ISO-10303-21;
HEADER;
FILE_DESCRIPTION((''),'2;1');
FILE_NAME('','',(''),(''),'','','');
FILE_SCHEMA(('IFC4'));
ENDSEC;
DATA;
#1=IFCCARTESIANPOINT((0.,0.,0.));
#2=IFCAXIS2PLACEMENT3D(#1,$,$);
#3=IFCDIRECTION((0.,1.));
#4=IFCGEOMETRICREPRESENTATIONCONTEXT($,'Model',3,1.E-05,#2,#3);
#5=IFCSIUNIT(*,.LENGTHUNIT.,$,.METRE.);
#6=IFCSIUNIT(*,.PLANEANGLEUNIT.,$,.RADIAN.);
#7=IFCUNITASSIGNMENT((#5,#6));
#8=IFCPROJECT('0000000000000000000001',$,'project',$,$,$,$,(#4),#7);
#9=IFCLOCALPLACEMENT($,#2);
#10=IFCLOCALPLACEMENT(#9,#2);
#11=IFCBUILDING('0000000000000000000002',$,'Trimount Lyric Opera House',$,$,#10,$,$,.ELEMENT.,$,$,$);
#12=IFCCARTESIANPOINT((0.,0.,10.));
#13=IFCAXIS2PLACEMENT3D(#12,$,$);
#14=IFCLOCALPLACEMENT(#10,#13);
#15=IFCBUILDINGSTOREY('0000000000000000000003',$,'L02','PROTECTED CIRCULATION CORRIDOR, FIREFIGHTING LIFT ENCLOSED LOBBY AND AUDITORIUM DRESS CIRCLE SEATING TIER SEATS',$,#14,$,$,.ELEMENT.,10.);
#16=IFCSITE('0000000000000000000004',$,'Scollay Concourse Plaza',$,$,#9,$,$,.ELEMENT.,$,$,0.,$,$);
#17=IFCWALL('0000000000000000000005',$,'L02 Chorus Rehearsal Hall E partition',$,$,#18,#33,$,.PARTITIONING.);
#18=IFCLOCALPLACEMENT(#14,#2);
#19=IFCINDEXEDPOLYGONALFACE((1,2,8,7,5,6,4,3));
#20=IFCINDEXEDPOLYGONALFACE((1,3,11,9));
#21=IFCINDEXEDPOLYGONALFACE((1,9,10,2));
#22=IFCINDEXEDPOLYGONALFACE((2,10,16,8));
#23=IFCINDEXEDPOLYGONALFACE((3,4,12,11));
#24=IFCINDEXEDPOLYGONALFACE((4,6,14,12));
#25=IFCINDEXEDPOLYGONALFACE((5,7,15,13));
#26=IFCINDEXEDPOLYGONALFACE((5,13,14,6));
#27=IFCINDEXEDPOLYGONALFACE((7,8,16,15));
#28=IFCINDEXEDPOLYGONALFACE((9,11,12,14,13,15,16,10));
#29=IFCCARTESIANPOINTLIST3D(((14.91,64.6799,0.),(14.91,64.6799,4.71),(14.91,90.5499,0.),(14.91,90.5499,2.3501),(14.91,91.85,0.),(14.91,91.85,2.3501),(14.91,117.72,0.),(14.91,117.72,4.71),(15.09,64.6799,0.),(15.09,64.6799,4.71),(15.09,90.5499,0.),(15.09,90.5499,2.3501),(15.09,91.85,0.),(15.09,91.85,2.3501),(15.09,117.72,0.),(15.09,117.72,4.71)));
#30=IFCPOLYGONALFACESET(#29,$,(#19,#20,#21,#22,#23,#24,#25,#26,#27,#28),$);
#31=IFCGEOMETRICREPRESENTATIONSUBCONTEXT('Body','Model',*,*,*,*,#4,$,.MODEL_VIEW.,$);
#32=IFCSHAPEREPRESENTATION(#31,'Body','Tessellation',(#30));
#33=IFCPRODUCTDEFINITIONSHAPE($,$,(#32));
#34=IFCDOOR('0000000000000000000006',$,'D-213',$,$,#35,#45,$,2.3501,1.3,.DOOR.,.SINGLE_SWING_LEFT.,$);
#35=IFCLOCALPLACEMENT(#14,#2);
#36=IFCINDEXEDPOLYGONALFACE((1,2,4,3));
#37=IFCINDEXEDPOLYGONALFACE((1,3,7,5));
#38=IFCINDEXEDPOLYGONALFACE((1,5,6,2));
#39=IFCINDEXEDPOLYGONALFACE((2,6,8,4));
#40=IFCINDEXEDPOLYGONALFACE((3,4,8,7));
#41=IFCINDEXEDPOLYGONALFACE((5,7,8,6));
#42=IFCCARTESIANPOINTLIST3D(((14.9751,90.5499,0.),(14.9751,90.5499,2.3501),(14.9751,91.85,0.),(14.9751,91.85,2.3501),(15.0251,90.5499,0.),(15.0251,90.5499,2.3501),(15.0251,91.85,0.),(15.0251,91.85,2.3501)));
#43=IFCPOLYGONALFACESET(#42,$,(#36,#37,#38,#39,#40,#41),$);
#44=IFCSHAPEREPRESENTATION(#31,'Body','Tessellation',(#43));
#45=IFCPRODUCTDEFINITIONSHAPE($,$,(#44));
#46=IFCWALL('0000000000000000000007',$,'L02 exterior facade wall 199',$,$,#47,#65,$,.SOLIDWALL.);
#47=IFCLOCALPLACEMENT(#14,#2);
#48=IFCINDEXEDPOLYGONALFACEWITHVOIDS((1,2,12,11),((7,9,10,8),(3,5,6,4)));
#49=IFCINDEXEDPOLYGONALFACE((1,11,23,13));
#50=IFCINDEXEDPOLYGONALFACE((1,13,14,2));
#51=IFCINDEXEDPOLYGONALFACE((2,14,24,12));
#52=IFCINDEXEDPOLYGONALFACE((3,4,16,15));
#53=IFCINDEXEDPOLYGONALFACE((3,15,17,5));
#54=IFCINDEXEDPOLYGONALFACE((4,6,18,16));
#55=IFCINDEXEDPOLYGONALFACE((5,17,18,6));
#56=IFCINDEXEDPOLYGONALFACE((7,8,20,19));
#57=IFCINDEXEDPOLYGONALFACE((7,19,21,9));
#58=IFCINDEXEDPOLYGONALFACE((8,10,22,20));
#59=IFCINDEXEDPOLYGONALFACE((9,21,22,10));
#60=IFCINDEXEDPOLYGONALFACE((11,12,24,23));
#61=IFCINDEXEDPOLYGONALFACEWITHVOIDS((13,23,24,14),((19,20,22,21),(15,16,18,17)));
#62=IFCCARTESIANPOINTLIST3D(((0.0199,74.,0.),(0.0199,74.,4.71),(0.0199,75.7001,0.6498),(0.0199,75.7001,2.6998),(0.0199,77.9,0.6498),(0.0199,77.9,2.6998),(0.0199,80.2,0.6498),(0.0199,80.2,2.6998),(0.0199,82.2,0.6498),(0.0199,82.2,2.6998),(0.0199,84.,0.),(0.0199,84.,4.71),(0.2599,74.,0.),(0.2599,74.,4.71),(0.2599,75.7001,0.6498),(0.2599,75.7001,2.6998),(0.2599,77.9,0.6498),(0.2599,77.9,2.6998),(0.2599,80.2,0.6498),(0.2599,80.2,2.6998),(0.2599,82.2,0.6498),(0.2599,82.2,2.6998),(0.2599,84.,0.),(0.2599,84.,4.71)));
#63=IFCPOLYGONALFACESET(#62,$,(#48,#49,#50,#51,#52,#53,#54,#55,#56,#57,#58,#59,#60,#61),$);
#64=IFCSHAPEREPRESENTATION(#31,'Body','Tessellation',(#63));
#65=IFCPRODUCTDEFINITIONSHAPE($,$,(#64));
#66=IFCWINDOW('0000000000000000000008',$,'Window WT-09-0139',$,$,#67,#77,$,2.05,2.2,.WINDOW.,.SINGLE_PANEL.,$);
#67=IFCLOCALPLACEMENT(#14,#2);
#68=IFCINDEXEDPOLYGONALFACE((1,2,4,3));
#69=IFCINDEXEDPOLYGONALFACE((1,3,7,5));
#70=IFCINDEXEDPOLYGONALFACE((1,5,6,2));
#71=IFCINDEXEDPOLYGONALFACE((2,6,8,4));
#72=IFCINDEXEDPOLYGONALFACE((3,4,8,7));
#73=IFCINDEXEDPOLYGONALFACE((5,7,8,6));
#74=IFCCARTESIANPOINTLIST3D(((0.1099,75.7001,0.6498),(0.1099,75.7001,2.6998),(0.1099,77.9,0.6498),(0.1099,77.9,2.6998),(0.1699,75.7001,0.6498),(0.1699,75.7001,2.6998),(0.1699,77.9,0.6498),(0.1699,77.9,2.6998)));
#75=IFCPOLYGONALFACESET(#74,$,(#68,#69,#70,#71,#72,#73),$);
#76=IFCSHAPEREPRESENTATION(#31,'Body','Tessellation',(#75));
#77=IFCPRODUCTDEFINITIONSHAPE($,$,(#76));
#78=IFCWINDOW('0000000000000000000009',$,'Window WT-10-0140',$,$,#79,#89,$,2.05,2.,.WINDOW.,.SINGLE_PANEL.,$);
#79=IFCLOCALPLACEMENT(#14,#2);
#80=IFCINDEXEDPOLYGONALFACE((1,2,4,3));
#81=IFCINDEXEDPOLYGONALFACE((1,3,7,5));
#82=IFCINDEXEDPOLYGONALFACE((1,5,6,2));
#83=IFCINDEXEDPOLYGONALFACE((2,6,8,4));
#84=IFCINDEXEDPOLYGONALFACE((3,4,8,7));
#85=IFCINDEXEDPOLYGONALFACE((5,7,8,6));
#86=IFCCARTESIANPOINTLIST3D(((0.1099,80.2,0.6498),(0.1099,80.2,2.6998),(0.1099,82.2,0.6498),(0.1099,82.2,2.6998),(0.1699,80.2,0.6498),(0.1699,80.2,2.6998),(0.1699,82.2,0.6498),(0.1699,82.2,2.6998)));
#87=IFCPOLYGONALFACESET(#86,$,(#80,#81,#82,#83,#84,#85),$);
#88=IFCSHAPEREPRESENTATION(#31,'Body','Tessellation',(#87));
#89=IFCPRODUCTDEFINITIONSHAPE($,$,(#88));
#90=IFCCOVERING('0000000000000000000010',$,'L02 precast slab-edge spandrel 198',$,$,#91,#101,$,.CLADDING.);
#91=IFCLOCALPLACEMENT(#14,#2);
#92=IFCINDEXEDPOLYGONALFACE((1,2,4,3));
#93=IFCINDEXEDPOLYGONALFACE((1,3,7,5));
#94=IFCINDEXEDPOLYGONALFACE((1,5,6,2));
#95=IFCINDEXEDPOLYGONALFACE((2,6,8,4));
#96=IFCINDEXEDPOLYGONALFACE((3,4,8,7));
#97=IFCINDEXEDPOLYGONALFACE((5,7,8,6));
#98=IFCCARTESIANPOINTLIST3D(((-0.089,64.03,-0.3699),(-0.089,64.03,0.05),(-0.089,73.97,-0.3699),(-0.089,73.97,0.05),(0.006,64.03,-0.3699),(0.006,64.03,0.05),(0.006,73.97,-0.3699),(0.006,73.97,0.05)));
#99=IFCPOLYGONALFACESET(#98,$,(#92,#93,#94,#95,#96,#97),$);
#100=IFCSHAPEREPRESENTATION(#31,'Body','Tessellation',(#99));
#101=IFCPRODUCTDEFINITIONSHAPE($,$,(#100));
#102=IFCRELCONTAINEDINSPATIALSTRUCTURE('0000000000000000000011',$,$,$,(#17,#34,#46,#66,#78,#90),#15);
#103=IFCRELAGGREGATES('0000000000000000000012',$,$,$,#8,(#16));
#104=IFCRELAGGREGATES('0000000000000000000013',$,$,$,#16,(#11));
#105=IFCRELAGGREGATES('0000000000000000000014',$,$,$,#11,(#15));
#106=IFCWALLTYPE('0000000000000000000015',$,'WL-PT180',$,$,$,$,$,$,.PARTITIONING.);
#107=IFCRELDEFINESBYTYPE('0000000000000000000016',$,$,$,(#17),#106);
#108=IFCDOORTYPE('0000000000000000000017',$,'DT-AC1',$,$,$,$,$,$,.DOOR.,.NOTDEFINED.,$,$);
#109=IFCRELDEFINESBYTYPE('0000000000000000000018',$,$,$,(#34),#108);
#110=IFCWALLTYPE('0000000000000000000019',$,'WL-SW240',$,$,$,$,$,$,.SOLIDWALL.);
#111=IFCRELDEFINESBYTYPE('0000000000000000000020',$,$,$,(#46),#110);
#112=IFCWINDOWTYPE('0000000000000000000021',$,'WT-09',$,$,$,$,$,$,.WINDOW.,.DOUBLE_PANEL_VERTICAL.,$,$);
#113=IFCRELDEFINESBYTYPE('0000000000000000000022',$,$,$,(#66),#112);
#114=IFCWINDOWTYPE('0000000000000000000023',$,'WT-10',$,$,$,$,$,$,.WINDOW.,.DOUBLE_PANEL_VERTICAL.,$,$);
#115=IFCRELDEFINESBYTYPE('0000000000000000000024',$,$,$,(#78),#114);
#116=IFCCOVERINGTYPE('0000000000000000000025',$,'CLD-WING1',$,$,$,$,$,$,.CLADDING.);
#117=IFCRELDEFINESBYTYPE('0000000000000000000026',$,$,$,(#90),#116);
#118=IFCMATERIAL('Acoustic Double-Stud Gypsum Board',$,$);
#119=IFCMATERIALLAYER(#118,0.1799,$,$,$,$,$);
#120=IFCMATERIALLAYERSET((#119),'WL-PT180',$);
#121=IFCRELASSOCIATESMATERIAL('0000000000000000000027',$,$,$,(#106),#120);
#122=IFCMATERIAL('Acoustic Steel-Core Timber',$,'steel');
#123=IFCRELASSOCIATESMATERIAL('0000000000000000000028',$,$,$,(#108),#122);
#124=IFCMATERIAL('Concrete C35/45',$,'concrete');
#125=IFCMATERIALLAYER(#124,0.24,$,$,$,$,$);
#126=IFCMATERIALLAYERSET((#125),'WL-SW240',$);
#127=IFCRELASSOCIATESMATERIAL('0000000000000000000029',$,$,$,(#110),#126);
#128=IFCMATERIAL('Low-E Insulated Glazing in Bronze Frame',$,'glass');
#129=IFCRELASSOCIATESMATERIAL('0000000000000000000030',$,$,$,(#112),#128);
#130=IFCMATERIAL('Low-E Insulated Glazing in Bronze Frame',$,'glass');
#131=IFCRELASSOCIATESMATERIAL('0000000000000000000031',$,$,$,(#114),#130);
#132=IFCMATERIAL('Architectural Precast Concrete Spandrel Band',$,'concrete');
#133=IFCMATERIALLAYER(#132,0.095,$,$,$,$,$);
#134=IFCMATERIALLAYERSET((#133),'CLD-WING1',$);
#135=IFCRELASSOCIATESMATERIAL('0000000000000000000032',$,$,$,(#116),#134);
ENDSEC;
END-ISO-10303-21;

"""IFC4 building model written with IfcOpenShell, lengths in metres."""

from ifc_helpers import new_model, si_unit, direction, frame, frame_2d, origin, origin_2d, place, context, subcontext, project, spatial, rectangle, extrude, material, layer, layer_set, type_object, element, fill, save


model = new_model("IFC4")

# Units and contexts
model_context = context("Model", 3, precision=1e-05, world=origin(), true_north=direction((0.0, 1.0)))
body_context = subcontext(model_context, "Body", "Model", "MODEL_VIEW")
ifc_project = project(units=[si_unit("LENGTHUNIT", "METRE"), si_unit("PLANEANGLEUNIT", "RADIAN")], contexts=[model_context])

# Site, building, storey
site_placement = place(None, origin())
site = spatial("IfcSite", under=ifc_project, at=site_placement, Name="Scollay Concourse Plaza", CompositionType="ELEMENT", RefElevation=0.0)
building_placement = place(site_placement, origin())
building = spatial("IfcBuilding", under=site, at=building_placement, Name="Trimount Lyric Opera House", CompositionType="ELEMENT")
storey_placement = place(building_placement, frame((0.0, 0.0, 10.0)))
storey = spatial("IfcBuildingStorey", under=building, at=storey_placement, Name="L02", Description="PROTECTED CIRCULATION CORRIDOR, FIREFIGHTING LIFT ENCLOSED LOBBY AND AUDITORIUM DRESS CIRCLE SEATING TIER SEATS", CompositionType="ELEMENT", Elevation=10.0)

# Shared definitions
ifc_material_1 = material(Name="Acoustic Double-Stud Gypsum Board")
ifc_layer_1 = layer(ifc_material_1, 0.1799)
ifc_layer_set_1 = layer_set([ifc_layer_1], Name="WL-PT180")
wall_type_1 = type_object("IfcWallType", Name="WL-PT180", PredefinedType="PARTITIONING", material=ifc_layer_set_1)

# Wall, opening, door
wall_1_placement = place(storey_placement, frame((15.0, 64.6799, 0.0), z_axis=(0.0, 0.0, 1.0), x_axis=(0.0, 1.0, 0.0)))
wall_1 = element("IfcWall", 1, at=wall_1_placement, inside=storey, type_object=wall_type_1, Name="L02 Chorus Rehearsal Hall E partition", PredefinedType="PARTITIONING", context=body_context, shape_type="SweptSolid", body=[
    extrude(rectangle(XDim=53.04, YDim=0.1799, at=frame_2d((26.52, 0.0))), origin(), (0.0, 0.0, 1.0), 4.71),
])
opening_1_placement = place(wall_1_placement, frame((25.8701, 0.0, 0.0)))
opening_1 = element("IfcOpeningElement", 2, at=opening_1_placement, cuts=wall_1, PredefinedType="OPENING", context=body_context, shape_type="SweptSolid", body=[
    extrude(rectangle(XDim=1.3, YDim=2.3501, at=frame_2d((0.6499, 1.175))), frame((0.0, 0.1001, 0.0), z_axis=(0.0, -1.0, 0.0), x_axis=(1.0, 0.0, 0.0)), (0.0, 0.0, 1.0), 0.2),
])
ifc_material_2 = material(Name="Acoustic Steel-Core Timber", Category="steel")
door_type = type_object("IfcDoorType", Name="DT-AC1", OperationType="NOTDEFINED", PredefinedType="DOOR", material=ifc_material_2)
door_placement = place(opening_1_placement, origin())
door = element("IfcDoor", 3, at=door_placement, inside=storey, type_object=door_type, Name="D-213", OperationType="SINGLE_SWING_LEFT", OverallHeight=2.3501, OverallWidth=1.3, PredefinedType="DOOR", context=body_context, shape_type="SweptSolid", body=[
    extrude(rectangle(XDim=1.3, YDim=2.3501, at=frame_2d((0.6499, 1.175))), frame((0.0, 0.0249, 0.0), z_axis=(0.0, -1.0, 0.0), x_axis=(1.0, 0.0, 0.0)), (0.0, 0.0, 1.0), 0.05),
])
fill(opening_1, door)

# Wall, openings, windows
ifc_material_3 = material(Name="Concrete C35/45", Category="concrete")
ifc_layer_2 = layer(ifc_material_3, 0.24)
ifc_layer_set_2 = layer_set([ifc_layer_2], Name="WL-SW240")
wall_type_2 = type_object("IfcWallType", Name="WL-SW240", PredefinedType="SOLIDWALL", material=ifc_layer_set_2)
wall_2_placement = place(storey_placement, frame((0.1399, 74.0, 0.0), z_axis=(0.0, 0.0, 1.0), x_axis=(0.0, 1.0, 0.0)))
wall_2 = element("IfcWall", 4, at=wall_2_placement, inside=storey, type_object=wall_type_2, Name="L02 exterior facade wall 199", PredefinedType="SOLIDWALL", context=body_context, shape_type="SweptSolid", body=[
    extrude(rectangle(XDim=10.0, YDim=0.24, at=frame_2d((5.0, 0.0))), origin(), (0.0, 0.0, 1.0), 4.71),
])
opening_2_placement = place(wall_2_placement, frame((1.7, 0.0, 0.6499)))
opening_2 = element("IfcOpeningElement", 5, at=opening_2_placement, cuts=wall_2, PredefinedType="OPENING", context=body_context, shape_type="SweptSolid", body=[
    extrude(rectangle(XDim=2.2, YDim=2.05, at=frame_2d((1.1001, 1.0249))), frame((0.0, 0.1299, 0.0), z_axis=(0.0, -1.0, 0.0), x_axis=(1.0, 0.0, 0.0)), (0.0, 0.0, 1.0), 0.26),
])
opening_3_placement = place(wall_2_placement, frame((6.2, 0.0, 0.6499)))
opening_3 = element("IfcOpeningElement", 6, at=opening_3_placement, cuts=wall_2, PredefinedType="OPENING", context=body_context, shape_type="SweptSolid", body=[
    extrude(rectangle(XDim=2.0, YDim=2.05, at=frame_2d((1.0, 1.0249))), frame((0.0, 0.1299, 0.0), z_axis=(0.0, -1.0, 0.0), x_axis=(1.0, 0.0, 0.0)), (0.0, 0.0, 1.0), 0.26),
])
ifc_material_4 = material(Name="Low-E Insulated Glazing in Bronze Frame", Category="glass")
window_type_1 = type_object("IfcWindowType", Name="WT-09", PartitioningType="DOUBLE_PANEL_VERTICAL", PredefinedType="WINDOW", material=ifc_material_4)
window_1_placement = place(opening_2_placement, origin())
window_1 = element("IfcWindow", 7, at=window_1_placement, inside=storey, type_object=window_type_1, Name="Window WT-09-0139", OverallHeight=2.05, OverallWidth=2.2, PartitioningType="SINGLE_PANEL", PredefinedType="WINDOW", context=body_context, shape_type="SweptSolid", body=[
    extrude(rectangle(XDim=2.2, YDim=2.05, at=frame_2d((1.1001, 1.0249))), frame((0.0, 0.03, 0.0), z_axis=(0.0, -1.0, 0.0), x_axis=(1.0, 0.0, 0.0)), (0.0, 0.0, 1.0), 0.0601),
])
fill(opening_2, window_1)
ifc_material_5 = material(Name="Low-E Insulated Glazing in Bronze Frame", Category="glass")
window_type_2 = type_object("IfcWindowType", Name="WT-10", PartitioningType="DOUBLE_PANEL_VERTICAL", PredefinedType="WINDOW", material=ifc_material_5)
window_2_placement = place(opening_3_placement, origin())
window_2 = element("IfcWindow", 8, at=window_2_placement, inside=storey, type_object=window_type_2, Name="Window WT-10-0140", OverallHeight=2.05, OverallWidth=2.0, PartitioningType="SINGLE_PANEL", PredefinedType="WINDOW", context=body_context, shape_type="SweptSolid", body=[
    extrude(rectangle(XDim=2.0, YDim=2.05, at=frame_2d((1.0, 1.0249))), frame((0.0, 0.03, 0.0), z_axis=(0.0, -1.0, 0.0), x_axis=(1.0, 0.0, 0.0)), (0.0, 0.0, 1.0), 0.0601),
])
fill(opening_3, window_2)

# Covering
ifc_material_6 = material(Name="Architectural Precast Concrete Spandrel Band", Category="concrete")
ifc_layer_3 = layer(ifc_material_6, 0.095)
ifc_layer_set_3 = layer_set([ifc_layer_3], Name="CLD-WING1")
covering_type = type_object("IfcCoveringType", Name="CLD-WING1", PredefinedType="CLADDING", material=ifc_layer_set_3)
covering_placement = place(storey_placement, frame((-0.0415, 69.0, -0.3699), z_axis=(0.0, 0.0, 1.0), x_axis=(0.0, 1.0, 0.0)))
element("IfcCovering", 9, at=covering_placement, inside=storey, type_object=covering_type, Name="L02 precast slab-edge spandrel 198", PredefinedType="CLADDING", context=body_context, shape_type="SweptSolid", body=[
    extrude(rectangle(XDim=9.9399, YDim=0.095, at=origin_2d()), origin(), (0.0, 0.0, 1.0), 0.4199),
])

save(model, "model.ifc")
